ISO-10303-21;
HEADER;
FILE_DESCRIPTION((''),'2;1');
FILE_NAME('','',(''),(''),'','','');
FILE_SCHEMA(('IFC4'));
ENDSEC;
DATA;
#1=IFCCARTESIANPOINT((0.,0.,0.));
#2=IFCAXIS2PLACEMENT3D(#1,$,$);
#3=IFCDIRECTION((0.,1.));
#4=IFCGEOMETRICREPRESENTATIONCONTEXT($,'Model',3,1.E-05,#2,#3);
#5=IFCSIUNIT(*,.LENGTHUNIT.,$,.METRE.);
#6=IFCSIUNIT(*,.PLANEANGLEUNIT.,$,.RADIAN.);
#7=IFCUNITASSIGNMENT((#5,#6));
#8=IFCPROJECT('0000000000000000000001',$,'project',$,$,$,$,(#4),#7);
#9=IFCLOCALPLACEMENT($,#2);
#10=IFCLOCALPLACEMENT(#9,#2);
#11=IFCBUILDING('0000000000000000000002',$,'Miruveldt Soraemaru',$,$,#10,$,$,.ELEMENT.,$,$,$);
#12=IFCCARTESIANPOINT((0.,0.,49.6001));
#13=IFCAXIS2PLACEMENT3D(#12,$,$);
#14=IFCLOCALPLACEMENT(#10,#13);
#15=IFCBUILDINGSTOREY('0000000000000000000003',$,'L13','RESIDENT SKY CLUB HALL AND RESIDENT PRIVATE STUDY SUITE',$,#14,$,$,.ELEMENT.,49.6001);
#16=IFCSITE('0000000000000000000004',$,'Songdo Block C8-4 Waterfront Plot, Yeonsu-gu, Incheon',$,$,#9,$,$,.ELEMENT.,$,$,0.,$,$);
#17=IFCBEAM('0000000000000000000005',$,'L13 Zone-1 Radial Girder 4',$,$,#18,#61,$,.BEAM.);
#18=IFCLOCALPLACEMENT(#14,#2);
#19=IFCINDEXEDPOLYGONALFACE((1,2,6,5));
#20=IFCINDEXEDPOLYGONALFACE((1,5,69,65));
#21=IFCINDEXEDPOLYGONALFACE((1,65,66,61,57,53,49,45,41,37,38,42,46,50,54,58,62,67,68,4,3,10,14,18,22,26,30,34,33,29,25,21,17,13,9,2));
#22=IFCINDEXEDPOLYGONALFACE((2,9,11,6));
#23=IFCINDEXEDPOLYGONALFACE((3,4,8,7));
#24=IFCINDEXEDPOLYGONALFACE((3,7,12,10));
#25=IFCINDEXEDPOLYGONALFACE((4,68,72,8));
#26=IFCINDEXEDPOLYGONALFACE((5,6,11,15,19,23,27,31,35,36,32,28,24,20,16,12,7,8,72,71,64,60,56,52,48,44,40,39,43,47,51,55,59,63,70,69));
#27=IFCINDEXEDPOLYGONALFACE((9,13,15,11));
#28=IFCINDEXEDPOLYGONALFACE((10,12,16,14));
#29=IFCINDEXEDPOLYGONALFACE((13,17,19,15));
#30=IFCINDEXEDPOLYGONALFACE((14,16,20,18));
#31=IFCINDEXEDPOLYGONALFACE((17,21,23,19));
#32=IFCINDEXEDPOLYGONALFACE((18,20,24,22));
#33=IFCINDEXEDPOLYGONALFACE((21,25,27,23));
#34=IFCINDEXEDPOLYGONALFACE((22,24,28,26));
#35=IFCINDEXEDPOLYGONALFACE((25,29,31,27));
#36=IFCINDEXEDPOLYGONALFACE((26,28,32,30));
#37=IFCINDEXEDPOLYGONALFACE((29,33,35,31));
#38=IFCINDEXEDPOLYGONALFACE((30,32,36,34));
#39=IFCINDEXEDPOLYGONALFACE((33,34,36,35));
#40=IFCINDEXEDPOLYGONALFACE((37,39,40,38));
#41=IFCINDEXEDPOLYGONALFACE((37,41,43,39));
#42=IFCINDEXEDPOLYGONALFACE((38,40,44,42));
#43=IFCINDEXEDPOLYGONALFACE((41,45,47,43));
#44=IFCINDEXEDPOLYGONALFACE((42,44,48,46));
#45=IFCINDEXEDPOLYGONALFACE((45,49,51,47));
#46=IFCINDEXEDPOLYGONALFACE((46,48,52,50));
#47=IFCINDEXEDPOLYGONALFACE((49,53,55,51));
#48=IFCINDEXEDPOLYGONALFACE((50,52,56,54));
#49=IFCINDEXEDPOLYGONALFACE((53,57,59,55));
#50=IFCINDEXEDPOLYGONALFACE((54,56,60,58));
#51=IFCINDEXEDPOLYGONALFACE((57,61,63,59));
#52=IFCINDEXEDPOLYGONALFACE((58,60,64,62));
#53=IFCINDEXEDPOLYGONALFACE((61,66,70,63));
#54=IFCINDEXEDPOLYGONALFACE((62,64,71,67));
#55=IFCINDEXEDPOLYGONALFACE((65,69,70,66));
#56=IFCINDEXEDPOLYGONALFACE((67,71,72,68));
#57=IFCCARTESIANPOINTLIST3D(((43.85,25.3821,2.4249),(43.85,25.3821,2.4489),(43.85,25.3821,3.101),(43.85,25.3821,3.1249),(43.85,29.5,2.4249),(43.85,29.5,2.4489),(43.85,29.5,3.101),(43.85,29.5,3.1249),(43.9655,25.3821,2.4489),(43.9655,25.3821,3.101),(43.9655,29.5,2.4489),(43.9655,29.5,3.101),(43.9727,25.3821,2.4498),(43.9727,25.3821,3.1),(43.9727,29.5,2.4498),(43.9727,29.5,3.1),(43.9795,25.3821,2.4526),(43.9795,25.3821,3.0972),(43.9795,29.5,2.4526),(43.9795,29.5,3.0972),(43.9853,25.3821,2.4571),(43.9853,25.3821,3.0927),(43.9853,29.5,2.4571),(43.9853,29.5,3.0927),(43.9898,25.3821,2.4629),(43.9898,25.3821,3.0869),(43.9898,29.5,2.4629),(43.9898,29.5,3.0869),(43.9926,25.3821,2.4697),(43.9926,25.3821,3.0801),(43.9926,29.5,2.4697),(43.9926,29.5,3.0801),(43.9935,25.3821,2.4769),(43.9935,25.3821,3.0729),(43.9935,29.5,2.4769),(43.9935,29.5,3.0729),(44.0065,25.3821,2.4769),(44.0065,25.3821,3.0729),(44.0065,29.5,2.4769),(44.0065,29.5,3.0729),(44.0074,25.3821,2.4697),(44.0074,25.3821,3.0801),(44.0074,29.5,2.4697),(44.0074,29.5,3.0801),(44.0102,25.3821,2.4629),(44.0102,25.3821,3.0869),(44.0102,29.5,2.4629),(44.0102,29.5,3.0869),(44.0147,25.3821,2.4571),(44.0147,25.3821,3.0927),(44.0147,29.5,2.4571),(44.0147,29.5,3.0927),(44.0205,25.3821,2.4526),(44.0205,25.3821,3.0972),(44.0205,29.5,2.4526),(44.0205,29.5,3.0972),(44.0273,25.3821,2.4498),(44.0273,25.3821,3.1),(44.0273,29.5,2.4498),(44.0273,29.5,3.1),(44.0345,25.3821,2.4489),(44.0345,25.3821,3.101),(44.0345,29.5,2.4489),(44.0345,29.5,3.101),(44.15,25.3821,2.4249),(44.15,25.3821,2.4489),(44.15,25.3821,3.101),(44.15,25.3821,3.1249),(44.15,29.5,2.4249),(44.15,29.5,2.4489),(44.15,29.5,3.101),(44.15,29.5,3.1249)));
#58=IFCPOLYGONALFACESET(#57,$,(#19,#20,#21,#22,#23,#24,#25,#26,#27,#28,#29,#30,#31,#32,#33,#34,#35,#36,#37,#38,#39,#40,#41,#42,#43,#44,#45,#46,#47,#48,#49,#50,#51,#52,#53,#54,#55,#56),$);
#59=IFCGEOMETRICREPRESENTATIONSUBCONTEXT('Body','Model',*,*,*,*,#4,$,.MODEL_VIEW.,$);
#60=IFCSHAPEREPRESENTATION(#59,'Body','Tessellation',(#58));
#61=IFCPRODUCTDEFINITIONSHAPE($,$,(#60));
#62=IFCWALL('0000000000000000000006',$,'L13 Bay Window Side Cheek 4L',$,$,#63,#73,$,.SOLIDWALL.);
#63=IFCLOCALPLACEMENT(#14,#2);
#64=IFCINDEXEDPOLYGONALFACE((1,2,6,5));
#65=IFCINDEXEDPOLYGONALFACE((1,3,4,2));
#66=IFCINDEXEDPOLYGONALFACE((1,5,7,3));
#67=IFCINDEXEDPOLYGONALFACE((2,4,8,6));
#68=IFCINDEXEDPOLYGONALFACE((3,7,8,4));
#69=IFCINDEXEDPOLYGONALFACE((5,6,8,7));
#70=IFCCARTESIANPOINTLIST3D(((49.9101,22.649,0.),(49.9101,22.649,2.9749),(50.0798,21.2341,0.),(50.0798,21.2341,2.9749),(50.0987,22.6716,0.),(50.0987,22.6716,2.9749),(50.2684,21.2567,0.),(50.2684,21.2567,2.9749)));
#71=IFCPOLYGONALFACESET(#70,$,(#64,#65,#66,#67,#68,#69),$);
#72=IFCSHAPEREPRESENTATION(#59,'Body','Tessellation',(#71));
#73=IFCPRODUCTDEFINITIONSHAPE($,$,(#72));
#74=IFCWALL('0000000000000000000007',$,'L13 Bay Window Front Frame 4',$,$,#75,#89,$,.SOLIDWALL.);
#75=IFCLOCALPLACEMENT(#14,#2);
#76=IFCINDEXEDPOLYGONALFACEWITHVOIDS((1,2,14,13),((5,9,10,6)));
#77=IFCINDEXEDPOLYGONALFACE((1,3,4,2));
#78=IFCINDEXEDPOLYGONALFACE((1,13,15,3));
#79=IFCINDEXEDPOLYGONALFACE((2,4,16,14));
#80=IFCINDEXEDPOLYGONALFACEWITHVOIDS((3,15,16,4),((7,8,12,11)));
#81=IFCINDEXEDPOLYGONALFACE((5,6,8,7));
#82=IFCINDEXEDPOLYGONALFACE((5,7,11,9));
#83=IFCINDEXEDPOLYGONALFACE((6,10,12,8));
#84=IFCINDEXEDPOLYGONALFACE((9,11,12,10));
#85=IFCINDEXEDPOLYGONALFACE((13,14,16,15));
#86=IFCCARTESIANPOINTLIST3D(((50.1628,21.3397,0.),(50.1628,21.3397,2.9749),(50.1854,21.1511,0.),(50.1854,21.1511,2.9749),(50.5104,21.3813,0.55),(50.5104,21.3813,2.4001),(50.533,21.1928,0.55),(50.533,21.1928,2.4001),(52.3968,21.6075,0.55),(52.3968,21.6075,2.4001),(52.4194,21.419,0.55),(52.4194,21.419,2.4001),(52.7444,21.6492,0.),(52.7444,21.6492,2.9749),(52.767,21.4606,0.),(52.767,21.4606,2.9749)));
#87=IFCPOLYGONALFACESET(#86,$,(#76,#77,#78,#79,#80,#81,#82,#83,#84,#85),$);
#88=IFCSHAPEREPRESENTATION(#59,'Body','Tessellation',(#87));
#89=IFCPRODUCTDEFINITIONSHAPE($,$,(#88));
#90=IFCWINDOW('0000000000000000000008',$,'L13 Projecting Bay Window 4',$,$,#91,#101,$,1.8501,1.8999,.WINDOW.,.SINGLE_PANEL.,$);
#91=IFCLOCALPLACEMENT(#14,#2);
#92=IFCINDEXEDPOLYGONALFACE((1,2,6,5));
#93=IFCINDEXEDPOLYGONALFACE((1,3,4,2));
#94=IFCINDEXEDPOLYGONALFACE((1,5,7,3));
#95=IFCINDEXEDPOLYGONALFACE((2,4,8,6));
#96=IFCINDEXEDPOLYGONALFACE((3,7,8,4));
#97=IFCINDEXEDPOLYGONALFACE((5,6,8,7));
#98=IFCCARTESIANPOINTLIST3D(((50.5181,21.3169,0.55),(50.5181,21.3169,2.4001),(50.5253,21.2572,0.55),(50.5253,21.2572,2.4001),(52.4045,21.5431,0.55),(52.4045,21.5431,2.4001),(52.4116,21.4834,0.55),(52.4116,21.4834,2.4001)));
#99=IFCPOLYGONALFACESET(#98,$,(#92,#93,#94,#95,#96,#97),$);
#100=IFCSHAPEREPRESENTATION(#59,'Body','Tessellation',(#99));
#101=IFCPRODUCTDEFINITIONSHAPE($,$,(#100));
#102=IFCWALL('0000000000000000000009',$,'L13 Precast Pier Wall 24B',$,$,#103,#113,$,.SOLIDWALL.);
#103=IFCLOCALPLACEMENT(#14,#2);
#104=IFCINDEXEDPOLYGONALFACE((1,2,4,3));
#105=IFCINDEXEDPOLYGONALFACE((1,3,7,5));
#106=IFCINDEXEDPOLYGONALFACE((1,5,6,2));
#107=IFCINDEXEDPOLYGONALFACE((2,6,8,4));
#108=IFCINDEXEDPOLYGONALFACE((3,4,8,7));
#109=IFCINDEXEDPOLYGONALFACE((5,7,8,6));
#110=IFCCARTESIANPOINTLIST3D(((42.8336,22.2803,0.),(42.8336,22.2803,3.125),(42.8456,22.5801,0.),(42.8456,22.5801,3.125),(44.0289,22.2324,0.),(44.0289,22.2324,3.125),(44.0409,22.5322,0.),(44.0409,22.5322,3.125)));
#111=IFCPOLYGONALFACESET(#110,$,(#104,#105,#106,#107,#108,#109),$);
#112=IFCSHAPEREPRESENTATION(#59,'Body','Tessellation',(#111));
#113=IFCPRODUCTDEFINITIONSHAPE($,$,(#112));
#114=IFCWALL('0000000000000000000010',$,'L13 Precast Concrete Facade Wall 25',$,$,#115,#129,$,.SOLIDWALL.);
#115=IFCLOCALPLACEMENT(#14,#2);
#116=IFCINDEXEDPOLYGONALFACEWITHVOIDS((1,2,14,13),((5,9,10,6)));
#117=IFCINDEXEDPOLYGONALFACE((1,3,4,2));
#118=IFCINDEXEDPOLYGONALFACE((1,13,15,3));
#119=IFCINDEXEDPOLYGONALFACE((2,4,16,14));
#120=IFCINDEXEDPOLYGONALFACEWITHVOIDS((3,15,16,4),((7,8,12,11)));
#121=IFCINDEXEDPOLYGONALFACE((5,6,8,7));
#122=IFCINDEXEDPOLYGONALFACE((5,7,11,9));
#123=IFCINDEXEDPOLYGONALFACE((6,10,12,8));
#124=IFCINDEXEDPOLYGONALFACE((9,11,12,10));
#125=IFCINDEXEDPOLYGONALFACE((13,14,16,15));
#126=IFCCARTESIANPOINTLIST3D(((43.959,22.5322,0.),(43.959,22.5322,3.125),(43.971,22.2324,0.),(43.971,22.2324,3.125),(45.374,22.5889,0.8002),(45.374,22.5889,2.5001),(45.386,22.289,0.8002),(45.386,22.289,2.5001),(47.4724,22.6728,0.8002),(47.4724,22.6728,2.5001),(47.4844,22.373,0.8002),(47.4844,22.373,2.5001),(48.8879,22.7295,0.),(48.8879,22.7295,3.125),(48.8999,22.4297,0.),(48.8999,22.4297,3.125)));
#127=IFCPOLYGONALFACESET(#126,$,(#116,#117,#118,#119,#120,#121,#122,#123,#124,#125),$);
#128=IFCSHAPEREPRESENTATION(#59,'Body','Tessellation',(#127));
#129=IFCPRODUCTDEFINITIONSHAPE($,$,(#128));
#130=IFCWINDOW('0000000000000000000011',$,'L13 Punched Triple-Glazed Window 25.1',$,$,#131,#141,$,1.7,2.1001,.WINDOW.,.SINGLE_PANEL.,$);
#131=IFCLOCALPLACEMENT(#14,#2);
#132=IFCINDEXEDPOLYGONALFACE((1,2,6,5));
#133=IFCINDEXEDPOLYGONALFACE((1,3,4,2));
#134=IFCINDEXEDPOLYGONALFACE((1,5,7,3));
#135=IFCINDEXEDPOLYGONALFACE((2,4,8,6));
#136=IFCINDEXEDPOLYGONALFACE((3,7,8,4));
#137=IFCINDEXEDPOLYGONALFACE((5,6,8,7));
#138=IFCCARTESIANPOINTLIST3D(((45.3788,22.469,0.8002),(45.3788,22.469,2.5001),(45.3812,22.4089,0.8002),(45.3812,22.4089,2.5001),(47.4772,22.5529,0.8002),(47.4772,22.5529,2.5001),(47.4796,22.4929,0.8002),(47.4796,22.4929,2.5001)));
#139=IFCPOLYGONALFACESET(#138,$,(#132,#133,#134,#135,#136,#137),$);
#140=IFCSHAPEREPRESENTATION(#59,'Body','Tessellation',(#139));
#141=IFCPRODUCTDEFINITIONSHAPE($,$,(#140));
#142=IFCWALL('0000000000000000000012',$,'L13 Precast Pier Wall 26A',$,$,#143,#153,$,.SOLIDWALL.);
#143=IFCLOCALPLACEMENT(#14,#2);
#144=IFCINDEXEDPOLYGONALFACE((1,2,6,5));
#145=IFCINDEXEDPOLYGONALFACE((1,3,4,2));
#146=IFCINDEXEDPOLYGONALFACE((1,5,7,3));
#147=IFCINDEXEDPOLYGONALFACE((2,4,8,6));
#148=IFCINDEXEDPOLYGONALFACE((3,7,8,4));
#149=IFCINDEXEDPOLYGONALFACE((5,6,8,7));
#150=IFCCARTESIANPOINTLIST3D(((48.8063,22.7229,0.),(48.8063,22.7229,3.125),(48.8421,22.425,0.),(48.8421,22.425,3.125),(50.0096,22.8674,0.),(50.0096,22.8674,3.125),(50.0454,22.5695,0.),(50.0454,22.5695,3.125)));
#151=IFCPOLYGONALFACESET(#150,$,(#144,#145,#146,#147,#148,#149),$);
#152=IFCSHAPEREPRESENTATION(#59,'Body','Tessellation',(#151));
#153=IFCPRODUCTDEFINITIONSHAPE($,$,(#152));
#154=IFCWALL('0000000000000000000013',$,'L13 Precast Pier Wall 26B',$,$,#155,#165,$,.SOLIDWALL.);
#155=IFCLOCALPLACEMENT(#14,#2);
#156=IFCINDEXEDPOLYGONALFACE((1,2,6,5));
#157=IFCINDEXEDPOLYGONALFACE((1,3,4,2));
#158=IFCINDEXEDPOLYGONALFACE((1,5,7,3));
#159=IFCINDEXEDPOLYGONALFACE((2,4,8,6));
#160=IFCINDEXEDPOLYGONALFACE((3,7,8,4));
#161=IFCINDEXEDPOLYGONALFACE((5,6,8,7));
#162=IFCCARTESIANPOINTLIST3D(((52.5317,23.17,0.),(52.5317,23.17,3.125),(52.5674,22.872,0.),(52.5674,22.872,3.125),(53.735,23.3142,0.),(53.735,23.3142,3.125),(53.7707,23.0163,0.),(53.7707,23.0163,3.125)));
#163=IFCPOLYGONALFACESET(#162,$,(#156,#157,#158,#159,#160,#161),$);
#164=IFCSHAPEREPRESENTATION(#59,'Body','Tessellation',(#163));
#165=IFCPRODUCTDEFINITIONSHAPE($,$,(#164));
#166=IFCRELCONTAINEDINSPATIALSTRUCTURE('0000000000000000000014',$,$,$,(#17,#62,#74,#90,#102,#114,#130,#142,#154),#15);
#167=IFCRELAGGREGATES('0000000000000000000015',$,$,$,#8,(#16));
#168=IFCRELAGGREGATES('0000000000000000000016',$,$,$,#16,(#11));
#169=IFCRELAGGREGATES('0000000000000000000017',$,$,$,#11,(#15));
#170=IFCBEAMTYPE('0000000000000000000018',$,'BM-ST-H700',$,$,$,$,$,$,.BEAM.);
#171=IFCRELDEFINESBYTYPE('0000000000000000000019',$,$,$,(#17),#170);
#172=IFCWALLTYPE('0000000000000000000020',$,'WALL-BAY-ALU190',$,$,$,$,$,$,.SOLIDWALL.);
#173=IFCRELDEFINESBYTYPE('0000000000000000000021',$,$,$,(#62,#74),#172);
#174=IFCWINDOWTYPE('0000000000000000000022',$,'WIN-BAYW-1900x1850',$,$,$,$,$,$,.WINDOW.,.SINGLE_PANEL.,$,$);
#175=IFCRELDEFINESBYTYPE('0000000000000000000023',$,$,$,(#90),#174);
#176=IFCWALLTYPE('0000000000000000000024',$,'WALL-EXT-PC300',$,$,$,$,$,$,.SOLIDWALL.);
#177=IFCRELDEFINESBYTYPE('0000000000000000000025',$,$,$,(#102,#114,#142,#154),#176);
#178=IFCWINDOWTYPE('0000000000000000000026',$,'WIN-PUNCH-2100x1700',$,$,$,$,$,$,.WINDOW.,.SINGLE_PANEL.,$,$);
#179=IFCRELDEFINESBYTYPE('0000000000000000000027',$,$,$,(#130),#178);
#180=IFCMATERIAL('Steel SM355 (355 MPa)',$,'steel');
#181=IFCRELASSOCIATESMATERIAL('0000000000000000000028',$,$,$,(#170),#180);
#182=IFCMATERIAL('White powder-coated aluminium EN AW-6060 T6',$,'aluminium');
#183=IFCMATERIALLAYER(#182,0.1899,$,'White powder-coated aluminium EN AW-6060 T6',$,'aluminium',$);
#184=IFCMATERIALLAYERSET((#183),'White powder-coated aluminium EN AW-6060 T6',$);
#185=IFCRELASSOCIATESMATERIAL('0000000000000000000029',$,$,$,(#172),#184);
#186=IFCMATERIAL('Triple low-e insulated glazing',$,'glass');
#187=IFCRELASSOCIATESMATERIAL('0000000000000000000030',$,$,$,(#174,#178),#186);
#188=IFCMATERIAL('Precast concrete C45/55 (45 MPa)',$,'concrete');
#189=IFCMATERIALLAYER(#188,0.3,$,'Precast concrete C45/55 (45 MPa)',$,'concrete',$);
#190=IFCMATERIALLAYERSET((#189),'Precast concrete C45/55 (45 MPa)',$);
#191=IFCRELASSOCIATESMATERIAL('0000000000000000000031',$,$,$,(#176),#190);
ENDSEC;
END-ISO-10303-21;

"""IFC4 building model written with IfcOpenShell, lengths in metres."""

from ifc_helpers import new_model, si_unit, direction, frame, frame_2d, origin, origin_2d, place, context, subcontext, project, spatial, rectangle, i_section, extrude, material, layer, layer_set, material_profile, profile_set, type_object, element, fill, save


model = new_model("IFC4")

# Units and contexts
model_context = context("Model", 3, precision=1e-05, world=origin(), true_north=direction((0.0, 1.0)))
body_context = subcontext(model_context, "Body", "Model", "MODEL_VIEW")
ifc_project = project(units=[si_unit("LENGTHUNIT", "METRE"), si_unit("PLANEANGLEUNIT", "RADIAN")], contexts=[model_context])

# Site, building, storey
site_placement = place(None, origin())
site = spatial("IfcSite", under=ifc_project, at=site_placement, Name="Songdo Block C8-4 Waterfront Plot, Yeonsu-gu, Incheon", CompositionType="ELEMENT", RefElevation=0.0)
building_placement = place(site_placement, origin())
building = spatial("IfcBuilding", under=site, at=building_placement, Name="Miruveldt Soraemaru", CompositionType="ELEMENT")
storey_placement = place(building_placement, frame((0.0, 0.0, 49.6001)))
storey = spatial("IfcBuildingStorey", under=building, at=storey_placement, Name="L13", Description="RESIDENT SKY CLUB HALL AND RESIDENT PRIVATE STUDY SUITE", CompositionType="ELEMENT", Elevation=49.6001)

# Beam
ifc_material_1 = material(Name="Steel SM355 (355 MPa)", Category="steel")
ifc_material_profile_1 = material_profile(ifc_material_1, i_section(OverallWidth=0.3, OverallDepth=0.7, WebThickness=0.0129, FlangeThickness=0.0239, FilletRadius=0.0281, at=origin_2d()), Name="Steel SM355 (355 MPa)", Category="steel")
ifc_profile_set_1 = profile_set([ifc_material_profile_1], Name="Steel SM355 (355 MPa)")
beam_type_1 = type_object("IfcBeamType", Name="BM-ST-H700", PredefinedType="BEAM", material=ifc_profile_set_1)
beam_1_placement = place(storey_placement, frame((44.0, 29.5, 2.7749), z_axis=(0.0, -1.0, 0.0), x_axis=(1.0, 0.0, 0.0)))
element("IfcBeam", 1, at=beam_1_placement, inside=storey, type_object=beam_type_1, Name="L13 Zone-1 Radial Girder 4", PredefinedType="BEAM", context=body_context, shape_type="SweptSolid", body=[
    extrude(i_section(OverallWidth=0.3, OverallDepth=0.7, WebThickness=0.0129, FlangeThickness=0.0239, FilletRadius=0.0281, at=origin_2d()), origin(), (0.0, 0.0, 1.0), 4.1179),
])

# Wall
ifc_material_2 = material(Name="White powder-coated aluminium EN AW-6060 T6", Category="aluminium")
ifc_layer_1 = layer(ifc_material_2, 0.1899, Name="White powder-coated aluminium EN AW-6060 T6", Category="aluminium")
ifc_layer_set_1 = layer_set([ifc_layer_1], Name="White powder-coated aluminium EN AW-6060 T6")
wall_type_1 = type_object("IfcWallType", Name="WALL-BAY-ALU190", PredefinedType="SOLIDWALL", material=ifc_layer_set_1)
wall_1_placement = place(storey_placement, frame((50.0044, 22.6602, 0.0), z_axis=(0.0, 0.0, 1.0), x_axis=(0.119078, -0.992885, 0.0)))
element("IfcWall", 2, at=wall_1_placement, inside=storey, type_object=wall_type_1, Name="L13 Bay Window Side Cheek 4L", PredefinedType="SOLIDWALL", context=body_context, shape_type="SweptSolid", body=[
    extrude(rectangle(XDim=1.425, YDim=0.1899, at=frame_2d((0.7124, 0.0))), origin(), (0.0, 0.0, 1.0), 2.9749),
])

# Wall, opening, window
wall_2_placement = place(storey_placement, frame((50.1741, 21.2454, 0.0), z_axis=(0.0, 0.0, 1.0), x_axis=(0.992887, 0.119064, 0.0)))
wall_2 = element("IfcWall", 3, at=wall_2_placement, inside=storey, type_object=wall_type_1, Name="L13 Bay Window Front Frame 4", PredefinedType="SOLIDWALL", context=body_context, shape_type="SweptSolid", body=[
    extrude(rectangle(XDim=2.6001, YDim=0.1899, at=frame_2d((1.3, 0.0))), origin(), (0.0, 0.0, 1.0), 2.9749),
])
opening_1_placement = place(wall_2_placement, frame((0.3501, 0.0, 0.55)))
opening_1 = element("IfcOpeningElement", 4, at=opening_1_placement, cuts=wall_2, PredefinedType="OPENING", context=body_context, shape_type="SweptSolid", body=[
    extrude(rectangle(XDim=1.8999, YDim=1.8501, at=frame_2d((0.95, 0.925))), frame((0.0, 0.105, 0.0), z_axis=(0.0, -1.0, 0.0), x_axis=(1.0, 0.0, 0.0)), (0.0, 0.0, 1.0), 0.21),
])
ifc_material_3 = material(Name="Triple low-e insulated glazing", Category="glass")
window_type_1 = type_object("IfcWindowType", Name="WIN-BAYW-1900x1850", PartitioningType="SINGLE_PANEL", PredefinedType="WINDOW", material=ifc_material_3)
window_1_placement = place(opening_1_placement, origin())
window_1 = element("IfcWindow", 5, at=window_1_placement, inside=storey, type_object=window_type_1, Name="L13 Projecting Bay Window 4", OverallHeight=1.8501, OverallWidth=1.8999, PartitioningType="SINGLE_PANEL", PredefinedType="WINDOW", context=body_context, shape_type="SweptSolid", body=[
    extrude(rectangle(XDim=1.8999, YDim=1.8501, at=frame_2d((0.95, 0.925))), frame((0.0, 0.03, 0.0), z_axis=(0.0, -1.0, 0.0), x_axis=(1.0, 0.0, 0.0)), (0.0, 0.0, 1.0), 0.0601),
])
fill(opening_1, window_1)

# Wall
ifc_material_4 = material(Name="Precast concrete C45/55 (45 MPa)", Category="concrete")
ifc_layer_2 = layer(ifc_material_4, 0.3, Name="Precast concrete C45/55 (45 MPa)", Category="concrete")
ifc_layer_set_2 = layer_set([ifc_layer_2], Name="Precast concrete C45/55 (45 MPa)")
wall_type_2 = type_object("IfcWallType", Name="WALL-EXT-PC300", PredefinedType="SOLIDWALL", material=ifc_layer_set_2)
wall_3_placement = place(storey_placement, frame((42.8396, 22.4302, 0.0), z_axis=(0.0, 0.0, 1.0), x_axis=(0.9992, -0.040001, 0.0)))
element("IfcWall", 6, at=wall_3_placement, inside=storey, type_object=wall_type_2, Name="L13 Precast Pier Wall 24B", PredefinedType="SOLIDWALL", context=body_context, shape_type="SweptSolid", body=[
    extrude(rectangle(XDim=1.1963, YDim=0.3, at=frame_2d((0.5981, 0.0))), origin(), (0.0, 0.0, 1.0), 3.125),
])

# Wall, opening, window
wall_4_placement = place(storey_placement, frame((43.9651, 22.3823, 0.0), z_axis=(0.0, 0.0, 1.0), x_axis=(0.9992, 0.03999, 0.0)))
wall_4 = element("IfcWall", 7, at=wall_4_placement, inside=storey, type_object=wall_type_2, Name="L13 Precast Concrete Facade Wall 25", PredefinedType="SOLIDWALL", context=body_context, shape_type="SweptSolid", body=[
    extrude(rectangle(XDim=4.9329, YDim=0.3, at=frame_2d((2.4663, 0.0))), origin(), (0.0, 0.0, 1.0), 3.125),
])
opening_2_placement = place(wall_4_placement, frame((1.416, 0.0, 0.8)))
opening_2 = element("IfcOpeningElement", 8, at=opening_2_placement, cuts=wall_4, PredefinedType="OPENING", context=body_context, shape_type="SweptSolid", body=[
    extrude(rectangle(XDim=2.1001, YDim=1.7, at=frame_2d((1.05, 0.8501))), frame((0.0, 0.1602, 0.0), z_axis=(0.0, -1.0, 0.0), x_axis=(1.0, 0.0, 0.0)), (0.0, 0.0, 1.0), 0.3201),
])
window_type_2 = type_object("IfcWindowType", Name="WIN-PUNCH-2100x1700", PartitioningType="SINGLE_PANEL", PredefinedType="WINDOW", material=ifc_material_3)
window_2_placement = place(opening_2_placement, origin())
window_2 = element("IfcWindow", 9, at=window_2_placement, inside=storey, type_object=window_type_2, Name="L13 Punched Triple-Glazed Window 25.1", OverallHeight=1.7, OverallWidth=2.1001, PartitioningType="SINGLE_PANEL", PredefinedType="WINDOW", context=body_context, shape_type="SweptSolid", body=[
    extrude(rectangle(XDim=2.1001, YDim=1.7, at=frame_2d((1.05, 0.8501))), frame((0.0, 0.03, 0.0), z_axis=(0.0, -1.0, 0.0), x_axis=(1.0, 0.0, 0.0)), (0.0, 0.0, 1.0), 0.0601),
])
fill(opening_2, window_2)

# Walls
for number, where, z_axis, x_axis, name in (
    (10, (48.8242, 22.574, 0.0), (0.0, 0.0, 1.0), (0.992864, 0.119248, 0.0), "L13 Precast Pier Wall 26A"),
    (11, (52.5496, 23.021, 0.0), (0.0, 0.0, 1.0), (0.992888, 0.11905, 0.0), "L13 Precast Pier Wall 26B"),
):
    element("IfcWall", number, at=place(storey_placement, frame(where, z_axis=z_axis, x_axis=x_axis)), inside=storey, type_object=wall_type_2, Name=name, PredefinedType="SOLIDWALL", context=body_context, shape_type="SweptSolid", body=[
        extrude(rectangle(XDim=1.2119, YDim=0.3, at=frame_2d((0.606, 0.0))), origin(), (0.0, 0.0, 1.0), 3.125),
    ])

save(model, "model.ifc")
